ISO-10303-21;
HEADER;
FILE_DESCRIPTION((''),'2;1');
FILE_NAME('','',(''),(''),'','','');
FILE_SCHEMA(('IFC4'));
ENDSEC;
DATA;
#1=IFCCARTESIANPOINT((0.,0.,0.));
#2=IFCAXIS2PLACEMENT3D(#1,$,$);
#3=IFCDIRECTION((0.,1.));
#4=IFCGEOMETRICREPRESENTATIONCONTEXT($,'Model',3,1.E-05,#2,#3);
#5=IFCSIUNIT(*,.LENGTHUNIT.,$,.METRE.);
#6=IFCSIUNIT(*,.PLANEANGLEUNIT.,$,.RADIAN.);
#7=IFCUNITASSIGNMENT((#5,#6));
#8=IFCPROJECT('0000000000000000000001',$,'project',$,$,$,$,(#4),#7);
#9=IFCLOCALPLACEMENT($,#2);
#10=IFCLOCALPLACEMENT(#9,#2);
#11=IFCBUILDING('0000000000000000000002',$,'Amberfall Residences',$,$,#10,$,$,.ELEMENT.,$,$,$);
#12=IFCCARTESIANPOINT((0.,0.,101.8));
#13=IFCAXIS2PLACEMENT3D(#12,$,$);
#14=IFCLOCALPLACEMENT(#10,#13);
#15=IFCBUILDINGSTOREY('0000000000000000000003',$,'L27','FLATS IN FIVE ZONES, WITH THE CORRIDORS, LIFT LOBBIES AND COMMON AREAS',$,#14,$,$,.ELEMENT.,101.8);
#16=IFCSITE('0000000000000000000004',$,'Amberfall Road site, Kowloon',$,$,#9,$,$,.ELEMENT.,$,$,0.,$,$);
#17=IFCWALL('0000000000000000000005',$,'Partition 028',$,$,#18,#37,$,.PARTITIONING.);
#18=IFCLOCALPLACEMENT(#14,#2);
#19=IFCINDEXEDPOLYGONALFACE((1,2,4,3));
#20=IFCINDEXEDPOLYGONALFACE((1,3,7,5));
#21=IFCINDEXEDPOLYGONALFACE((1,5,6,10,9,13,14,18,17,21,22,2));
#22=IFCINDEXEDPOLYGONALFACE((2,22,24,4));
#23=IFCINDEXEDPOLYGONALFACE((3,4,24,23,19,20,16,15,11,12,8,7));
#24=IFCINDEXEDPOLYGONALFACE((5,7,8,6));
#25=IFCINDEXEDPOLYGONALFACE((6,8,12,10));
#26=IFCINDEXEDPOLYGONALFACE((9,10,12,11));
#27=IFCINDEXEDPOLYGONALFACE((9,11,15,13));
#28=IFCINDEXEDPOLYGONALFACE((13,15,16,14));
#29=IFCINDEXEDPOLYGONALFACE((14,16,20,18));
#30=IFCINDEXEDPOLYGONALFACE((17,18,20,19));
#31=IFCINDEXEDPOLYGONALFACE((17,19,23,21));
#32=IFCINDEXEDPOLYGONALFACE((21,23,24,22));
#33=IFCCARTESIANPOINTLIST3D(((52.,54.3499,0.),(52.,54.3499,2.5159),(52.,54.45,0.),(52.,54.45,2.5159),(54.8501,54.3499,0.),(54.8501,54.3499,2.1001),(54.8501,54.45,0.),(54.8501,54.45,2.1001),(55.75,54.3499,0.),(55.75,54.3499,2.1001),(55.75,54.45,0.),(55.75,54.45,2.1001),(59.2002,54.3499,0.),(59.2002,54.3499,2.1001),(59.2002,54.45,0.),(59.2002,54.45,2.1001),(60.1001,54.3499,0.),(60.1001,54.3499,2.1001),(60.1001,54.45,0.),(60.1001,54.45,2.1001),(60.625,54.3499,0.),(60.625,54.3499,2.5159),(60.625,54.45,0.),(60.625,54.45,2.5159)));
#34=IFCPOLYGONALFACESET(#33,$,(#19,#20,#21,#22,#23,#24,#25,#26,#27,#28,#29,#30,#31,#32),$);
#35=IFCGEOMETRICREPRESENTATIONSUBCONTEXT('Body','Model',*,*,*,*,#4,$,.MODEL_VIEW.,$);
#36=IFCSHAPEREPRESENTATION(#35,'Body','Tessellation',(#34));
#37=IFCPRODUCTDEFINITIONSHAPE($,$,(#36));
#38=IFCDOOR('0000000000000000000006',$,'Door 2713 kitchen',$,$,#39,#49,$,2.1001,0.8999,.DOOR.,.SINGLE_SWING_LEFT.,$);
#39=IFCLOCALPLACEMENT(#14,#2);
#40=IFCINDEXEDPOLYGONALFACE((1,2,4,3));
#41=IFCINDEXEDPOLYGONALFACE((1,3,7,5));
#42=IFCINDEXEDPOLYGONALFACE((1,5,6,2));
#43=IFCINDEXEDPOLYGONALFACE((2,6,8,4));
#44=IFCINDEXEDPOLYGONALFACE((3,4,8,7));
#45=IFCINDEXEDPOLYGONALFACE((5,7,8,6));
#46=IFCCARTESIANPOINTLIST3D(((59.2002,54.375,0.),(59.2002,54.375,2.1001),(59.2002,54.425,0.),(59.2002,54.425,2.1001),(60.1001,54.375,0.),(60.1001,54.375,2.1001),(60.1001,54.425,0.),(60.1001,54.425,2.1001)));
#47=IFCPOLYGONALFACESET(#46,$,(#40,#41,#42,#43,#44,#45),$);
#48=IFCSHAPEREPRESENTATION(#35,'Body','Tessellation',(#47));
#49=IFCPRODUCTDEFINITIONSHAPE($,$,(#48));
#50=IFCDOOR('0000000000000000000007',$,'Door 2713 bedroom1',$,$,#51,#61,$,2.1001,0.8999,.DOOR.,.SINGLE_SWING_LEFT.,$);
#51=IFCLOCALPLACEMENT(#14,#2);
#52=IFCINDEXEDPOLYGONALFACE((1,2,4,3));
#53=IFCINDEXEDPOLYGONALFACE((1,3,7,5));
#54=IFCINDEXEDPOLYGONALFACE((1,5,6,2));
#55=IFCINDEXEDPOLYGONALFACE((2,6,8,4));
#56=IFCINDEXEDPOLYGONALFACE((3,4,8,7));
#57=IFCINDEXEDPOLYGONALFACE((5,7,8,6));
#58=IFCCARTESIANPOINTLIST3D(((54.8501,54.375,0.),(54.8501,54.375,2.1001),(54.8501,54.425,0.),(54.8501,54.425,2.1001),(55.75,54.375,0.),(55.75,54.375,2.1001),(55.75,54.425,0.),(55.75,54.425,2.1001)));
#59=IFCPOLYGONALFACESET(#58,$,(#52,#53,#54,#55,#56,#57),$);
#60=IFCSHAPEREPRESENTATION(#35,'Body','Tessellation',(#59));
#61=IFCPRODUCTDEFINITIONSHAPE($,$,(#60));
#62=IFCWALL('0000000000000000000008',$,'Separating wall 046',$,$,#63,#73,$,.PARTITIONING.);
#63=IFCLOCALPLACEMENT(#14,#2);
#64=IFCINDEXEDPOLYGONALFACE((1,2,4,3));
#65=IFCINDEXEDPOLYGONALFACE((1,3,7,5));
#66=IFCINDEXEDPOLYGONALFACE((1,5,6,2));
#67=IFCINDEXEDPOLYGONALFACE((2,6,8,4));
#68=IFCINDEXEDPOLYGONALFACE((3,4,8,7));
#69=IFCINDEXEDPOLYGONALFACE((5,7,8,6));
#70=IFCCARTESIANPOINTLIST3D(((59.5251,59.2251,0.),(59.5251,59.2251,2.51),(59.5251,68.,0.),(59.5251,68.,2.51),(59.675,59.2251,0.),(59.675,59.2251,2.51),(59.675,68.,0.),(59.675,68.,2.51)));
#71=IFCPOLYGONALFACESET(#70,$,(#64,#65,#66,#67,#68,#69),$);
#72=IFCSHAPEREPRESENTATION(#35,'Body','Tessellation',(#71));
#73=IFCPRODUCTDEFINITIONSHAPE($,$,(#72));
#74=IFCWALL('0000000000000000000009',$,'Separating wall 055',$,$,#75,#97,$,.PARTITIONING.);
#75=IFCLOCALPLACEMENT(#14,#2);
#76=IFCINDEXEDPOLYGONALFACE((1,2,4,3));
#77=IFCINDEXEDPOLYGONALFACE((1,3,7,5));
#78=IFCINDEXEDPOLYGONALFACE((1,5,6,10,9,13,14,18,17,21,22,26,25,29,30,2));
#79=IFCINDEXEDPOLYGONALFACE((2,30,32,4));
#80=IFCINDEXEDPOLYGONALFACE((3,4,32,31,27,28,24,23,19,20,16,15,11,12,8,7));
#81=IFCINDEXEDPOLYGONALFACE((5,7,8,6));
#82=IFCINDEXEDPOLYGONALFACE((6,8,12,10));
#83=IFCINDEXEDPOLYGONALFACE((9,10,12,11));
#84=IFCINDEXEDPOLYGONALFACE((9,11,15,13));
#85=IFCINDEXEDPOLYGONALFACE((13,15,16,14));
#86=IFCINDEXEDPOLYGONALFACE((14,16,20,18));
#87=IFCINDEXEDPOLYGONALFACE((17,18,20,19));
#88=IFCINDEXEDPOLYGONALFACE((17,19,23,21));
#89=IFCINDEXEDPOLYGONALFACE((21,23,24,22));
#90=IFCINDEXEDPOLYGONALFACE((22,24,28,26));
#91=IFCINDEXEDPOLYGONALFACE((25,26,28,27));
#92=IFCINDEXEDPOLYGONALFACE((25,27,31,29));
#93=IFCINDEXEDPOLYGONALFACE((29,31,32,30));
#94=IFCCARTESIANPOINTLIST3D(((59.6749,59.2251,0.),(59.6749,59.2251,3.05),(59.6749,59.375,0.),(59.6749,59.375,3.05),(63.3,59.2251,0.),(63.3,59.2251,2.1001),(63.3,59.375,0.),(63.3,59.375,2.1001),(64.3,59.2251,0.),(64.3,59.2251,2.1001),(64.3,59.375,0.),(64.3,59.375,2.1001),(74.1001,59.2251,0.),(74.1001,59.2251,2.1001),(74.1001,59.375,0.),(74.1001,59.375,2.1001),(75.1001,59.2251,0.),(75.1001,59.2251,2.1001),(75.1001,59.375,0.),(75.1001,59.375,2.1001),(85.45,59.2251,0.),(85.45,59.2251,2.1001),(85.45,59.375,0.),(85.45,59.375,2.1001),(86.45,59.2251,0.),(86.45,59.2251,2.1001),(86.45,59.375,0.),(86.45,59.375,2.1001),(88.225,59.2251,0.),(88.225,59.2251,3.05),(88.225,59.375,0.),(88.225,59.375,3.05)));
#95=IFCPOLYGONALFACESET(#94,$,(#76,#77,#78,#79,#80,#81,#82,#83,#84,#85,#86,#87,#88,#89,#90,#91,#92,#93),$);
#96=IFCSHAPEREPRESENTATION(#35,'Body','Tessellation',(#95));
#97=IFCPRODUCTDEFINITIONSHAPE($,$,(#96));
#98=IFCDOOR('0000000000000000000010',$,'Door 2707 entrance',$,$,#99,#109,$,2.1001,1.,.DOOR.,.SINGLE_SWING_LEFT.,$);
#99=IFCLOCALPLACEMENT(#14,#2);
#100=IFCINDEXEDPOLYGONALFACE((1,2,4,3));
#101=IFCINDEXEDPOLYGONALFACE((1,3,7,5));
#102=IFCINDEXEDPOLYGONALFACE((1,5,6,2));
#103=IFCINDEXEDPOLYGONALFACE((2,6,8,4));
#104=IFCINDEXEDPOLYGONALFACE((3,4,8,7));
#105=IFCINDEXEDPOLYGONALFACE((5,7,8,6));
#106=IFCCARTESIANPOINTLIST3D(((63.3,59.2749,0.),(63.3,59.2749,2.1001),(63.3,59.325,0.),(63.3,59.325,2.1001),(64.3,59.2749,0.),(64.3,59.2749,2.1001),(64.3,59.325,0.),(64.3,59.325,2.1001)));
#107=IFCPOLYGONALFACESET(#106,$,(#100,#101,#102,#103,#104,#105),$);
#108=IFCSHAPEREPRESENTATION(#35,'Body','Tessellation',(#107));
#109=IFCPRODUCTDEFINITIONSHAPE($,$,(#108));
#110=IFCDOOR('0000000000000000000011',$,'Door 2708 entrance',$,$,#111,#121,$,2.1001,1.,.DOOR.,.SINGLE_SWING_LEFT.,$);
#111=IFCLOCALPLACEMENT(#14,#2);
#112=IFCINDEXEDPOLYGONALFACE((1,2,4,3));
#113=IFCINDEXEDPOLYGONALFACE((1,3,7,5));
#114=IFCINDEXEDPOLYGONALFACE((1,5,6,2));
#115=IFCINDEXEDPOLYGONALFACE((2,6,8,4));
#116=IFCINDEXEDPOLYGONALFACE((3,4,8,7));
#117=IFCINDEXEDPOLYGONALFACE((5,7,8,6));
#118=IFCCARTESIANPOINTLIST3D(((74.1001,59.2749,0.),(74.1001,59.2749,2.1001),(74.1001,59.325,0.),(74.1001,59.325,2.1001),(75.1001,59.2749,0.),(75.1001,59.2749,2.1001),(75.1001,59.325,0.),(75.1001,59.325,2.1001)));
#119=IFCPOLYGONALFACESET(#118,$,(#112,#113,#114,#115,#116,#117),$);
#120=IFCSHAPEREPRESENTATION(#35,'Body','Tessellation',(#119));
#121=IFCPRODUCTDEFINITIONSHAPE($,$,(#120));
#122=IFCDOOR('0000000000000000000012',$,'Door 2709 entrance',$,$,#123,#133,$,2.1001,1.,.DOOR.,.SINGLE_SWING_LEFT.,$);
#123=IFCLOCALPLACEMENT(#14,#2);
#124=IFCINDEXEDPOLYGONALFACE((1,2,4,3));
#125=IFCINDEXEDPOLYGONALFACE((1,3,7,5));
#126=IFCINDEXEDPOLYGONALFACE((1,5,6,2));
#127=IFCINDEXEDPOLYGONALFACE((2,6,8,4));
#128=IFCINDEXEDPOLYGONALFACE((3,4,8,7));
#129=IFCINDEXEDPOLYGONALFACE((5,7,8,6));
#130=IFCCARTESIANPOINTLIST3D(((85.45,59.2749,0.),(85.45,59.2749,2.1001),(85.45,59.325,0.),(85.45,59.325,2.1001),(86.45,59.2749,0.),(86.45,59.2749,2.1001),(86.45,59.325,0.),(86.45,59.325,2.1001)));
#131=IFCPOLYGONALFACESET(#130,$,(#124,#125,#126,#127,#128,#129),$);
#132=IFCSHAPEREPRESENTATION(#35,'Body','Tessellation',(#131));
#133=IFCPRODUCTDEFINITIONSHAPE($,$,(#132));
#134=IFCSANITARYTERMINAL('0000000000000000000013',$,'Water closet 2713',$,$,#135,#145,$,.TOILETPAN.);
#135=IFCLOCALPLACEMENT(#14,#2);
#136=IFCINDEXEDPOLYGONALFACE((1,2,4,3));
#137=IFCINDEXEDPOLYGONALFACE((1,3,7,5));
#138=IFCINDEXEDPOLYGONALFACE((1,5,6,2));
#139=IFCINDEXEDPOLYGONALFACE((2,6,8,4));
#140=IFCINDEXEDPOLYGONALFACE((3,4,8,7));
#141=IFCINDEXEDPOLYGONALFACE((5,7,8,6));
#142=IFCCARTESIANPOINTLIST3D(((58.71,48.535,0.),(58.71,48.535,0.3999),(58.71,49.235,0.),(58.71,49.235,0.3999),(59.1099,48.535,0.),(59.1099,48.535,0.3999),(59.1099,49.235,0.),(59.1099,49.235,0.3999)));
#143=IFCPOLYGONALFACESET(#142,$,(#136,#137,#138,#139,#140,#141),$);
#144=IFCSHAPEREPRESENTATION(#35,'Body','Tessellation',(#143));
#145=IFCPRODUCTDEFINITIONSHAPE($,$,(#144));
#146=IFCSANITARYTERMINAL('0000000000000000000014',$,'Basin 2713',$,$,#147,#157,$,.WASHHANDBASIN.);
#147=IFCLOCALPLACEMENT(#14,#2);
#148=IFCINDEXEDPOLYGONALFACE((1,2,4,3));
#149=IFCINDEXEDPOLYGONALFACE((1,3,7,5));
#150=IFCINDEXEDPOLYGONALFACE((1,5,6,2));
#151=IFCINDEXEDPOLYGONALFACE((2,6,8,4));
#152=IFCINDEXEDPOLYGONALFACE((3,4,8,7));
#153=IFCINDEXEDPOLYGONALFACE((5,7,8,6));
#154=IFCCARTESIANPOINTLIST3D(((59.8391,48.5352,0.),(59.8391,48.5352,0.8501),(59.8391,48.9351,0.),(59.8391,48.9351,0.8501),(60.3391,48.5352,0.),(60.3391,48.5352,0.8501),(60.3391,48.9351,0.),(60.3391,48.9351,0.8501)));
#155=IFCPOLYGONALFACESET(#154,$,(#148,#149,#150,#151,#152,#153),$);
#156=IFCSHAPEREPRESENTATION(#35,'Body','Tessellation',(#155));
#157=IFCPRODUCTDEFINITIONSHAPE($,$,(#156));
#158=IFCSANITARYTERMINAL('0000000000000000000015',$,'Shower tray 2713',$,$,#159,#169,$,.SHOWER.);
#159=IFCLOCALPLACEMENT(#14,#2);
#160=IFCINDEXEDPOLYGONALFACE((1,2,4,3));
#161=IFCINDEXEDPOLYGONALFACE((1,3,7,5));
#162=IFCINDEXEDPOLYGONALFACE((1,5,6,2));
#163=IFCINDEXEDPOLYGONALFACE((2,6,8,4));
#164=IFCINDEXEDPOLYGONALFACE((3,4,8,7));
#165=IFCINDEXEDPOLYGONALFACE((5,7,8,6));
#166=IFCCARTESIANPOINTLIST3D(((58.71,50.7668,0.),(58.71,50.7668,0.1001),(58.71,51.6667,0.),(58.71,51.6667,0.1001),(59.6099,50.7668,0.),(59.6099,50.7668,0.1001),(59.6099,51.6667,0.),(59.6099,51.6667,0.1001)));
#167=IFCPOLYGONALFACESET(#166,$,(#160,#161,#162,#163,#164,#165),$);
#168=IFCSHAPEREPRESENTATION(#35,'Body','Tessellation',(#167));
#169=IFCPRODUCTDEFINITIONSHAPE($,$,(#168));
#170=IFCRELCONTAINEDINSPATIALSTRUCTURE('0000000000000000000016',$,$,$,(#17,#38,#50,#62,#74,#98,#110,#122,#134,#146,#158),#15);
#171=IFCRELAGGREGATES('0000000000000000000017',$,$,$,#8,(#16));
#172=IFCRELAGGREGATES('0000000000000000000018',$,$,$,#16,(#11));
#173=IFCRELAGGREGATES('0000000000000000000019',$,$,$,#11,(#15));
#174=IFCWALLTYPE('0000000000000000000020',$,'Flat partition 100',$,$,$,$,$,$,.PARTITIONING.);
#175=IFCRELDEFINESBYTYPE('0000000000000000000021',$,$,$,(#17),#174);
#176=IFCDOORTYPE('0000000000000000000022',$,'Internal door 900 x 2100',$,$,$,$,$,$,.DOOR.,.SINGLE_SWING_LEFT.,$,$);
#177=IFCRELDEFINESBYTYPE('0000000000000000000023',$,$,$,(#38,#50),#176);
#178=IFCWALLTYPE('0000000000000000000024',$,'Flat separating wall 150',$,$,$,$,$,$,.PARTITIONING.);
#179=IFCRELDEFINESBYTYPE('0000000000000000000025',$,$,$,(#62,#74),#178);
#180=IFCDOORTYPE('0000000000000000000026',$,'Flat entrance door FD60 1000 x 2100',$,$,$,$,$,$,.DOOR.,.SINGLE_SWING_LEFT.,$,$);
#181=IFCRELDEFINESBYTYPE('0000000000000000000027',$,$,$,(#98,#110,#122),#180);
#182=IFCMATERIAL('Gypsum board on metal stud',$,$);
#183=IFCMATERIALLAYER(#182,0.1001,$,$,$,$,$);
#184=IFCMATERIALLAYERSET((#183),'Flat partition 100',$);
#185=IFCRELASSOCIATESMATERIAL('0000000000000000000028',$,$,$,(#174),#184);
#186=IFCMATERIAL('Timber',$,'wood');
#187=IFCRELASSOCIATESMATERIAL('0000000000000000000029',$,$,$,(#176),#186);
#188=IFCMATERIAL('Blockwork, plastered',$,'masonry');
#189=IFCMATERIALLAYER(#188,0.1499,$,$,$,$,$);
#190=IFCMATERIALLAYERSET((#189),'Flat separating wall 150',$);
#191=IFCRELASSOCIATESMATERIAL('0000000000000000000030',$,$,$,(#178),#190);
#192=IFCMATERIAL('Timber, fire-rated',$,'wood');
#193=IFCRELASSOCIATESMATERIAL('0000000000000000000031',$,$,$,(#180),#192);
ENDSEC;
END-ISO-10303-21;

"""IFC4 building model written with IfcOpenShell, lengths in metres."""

from ifc_helpers import new_model, si_unit, direction, frame, frame_2d, origin, origin_2d, place, context, subcontext, project, spatial, rectangle, extrude, material, layer, layer_set, type_object, element, fill, save


model = new_model("IFC4")

# Units and contexts
model_context = context("Model", 3, precision=1e-05, world=origin(), true_north=direction((0.0, 1.0)))
body_context = subcontext(model_context, "Body", "Model", "MODEL_VIEW")
ifc_project = project(units=[si_unit("LENGTHUNIT", "METRE"), si_unit("PLANEANGLEUNIT", "RADIAN")], contexts=[model_context])

# Site, building, storey
site_placement = place(None, origin())
site = spatial("IfcSite", under=ifc_project, at=site_placement, Name="Amberfall Road site, Kowloon", CompositionType="ELEMENT", RefElevation=0.0)
building_placement = place(site_placement, origin())
building = spatial("IfcBuilding", under=site, at=building_placement, Name="Amberfall Residences", CompositionType="ELEMENT")
storey_placement = place(building_placement, frame((0.0, 0.0, 101.8)))
storey = spatial("IfcBuildingStorey", under=building, at=storey_placement, Name="L27", Description="FLATS IN FIVE ZONES, WITH THE CORRIDORS, LIFT LOBBIES AND COMMON AREAS", CompositionType="ELEMENT", Elevation=101.8)

# Shared definitions
ifc_material_1 = material(Name="Gypsum board on metal stud")
ifc_layer_1 = layer(ifc_material_1, 0.1001)
ifc_layer_set_1 = layer_set([ifc_layer_1], Name="Flat partition 100")
wall_type_1 = type_object("IfcWallType", Name="Flat partition 100", PredefinedType="PARTITIONING", material=ifc_layer_set_1)
ifc_material_2 = material(Name="Timber", Category="wood")
door_type_1 = type_object("IfcDoorType", Name="Internal door 900 x 2100", OperationType="SINGLE_SWING_LEFT", PredefinedType="DOOR", material=ifc_material_2)

# Wall, openings, doors
wall_1_placement = place(storey_placement, frame((60.625, 54.3999, 0.0), z_axis=(0.0, 0.0, 1.0), x_axis=(-1.0, 0.0, 0.0)))
wall_1 = element("IfcWall", 1, at=wall_1_placement, inside=storey, type_object=wall_type_1, Name="Partition 028", PredefinedType="PARTITIONING", context=body_context, shape_type="SweptSolid", body=[
    extrude(rectangle(XDim=8.625, YDim=0.1001, at=frame_2d((4.3125, 0.0))), origin(), (0.0, 0.0, 1.0), 2.5159),
])
opening_1_placement = place(wall_1_placement, frame((0.5249, 0.0, 0.0)))
opening_1 = element("IfcOpeningElement", 2, at=opening_1_placement, cuts=wall_1, PredefinedType="OPENING", context=body_context, shape_type="SweptSolid", body=[
    extrude(rectangle(XDim=0.8999, YDim=2.1001, at=frame_2d((0.45, 1.05))), frame((0.0, 0.0601, 0.0), z_axis=(0.0, -1.0, 0.0), x_axis=(1.0, 0.0, 0.0)), (0.0, 0.0, 1.0), 0.1201),
])
opening_2_placement = place(wall_1_placement, frame((4.875, 0.0, 0.0)))
opening_2 = element("IfcOpeningElement", 3, at=opening_2_placement, cuts=wall_1, PredefinedType="OPENING", context=body_context, shape_type="SweptSolid", body=[
    extrude(rectangle(XDim=0.8999, YDim=2.1001, at=frame_2d((0.45, 1.05))), frame((0.0, 0.0601, 0.0), z_axis=(0.0, -1.0, 0.0), x_axis=(1.0, 0.0, 0.0)), (0.0, 0.0, 1.0), 0.1201),
])
door_1_placement = place(opening_1_placement, origin())
door_1 = element("IfcDoor", 4, at=door_1_placement, inside=storey, type_object=door_type_1, Name="Door 2713 kitchen", OperationType="SINGLE_SWING_LEFT", OverallHeight=2.1001, OverallWidth=0.8999, PredefinedType="DOOR", context=body_context, shape_type="SweptSolid", body=[
    extrude(rectangle(XDim=0.8999, YDim=2.1001, at=frame_2d((0.45, 1.05))), frame((0.0, 0.0249, 0.0), z_axis=(0.0, -1.0, 0.0), x_axis=(1.0, 0.0, 0.0)), (0.0, 0.0, 1.0), 0.05),
])
fill(opening_1, door_1)
door_2_placement = place(opening_2_placement, origin())
door_2 = element("IfcDoor", 5, at=door_2_placement, inside=storey, type_object=door_type_1, Name="Door 2713 bedroom1", OperationType="SINGLE_SWING_LEFT", OverallHeight=2.1001, OverallWidth=0.8999, PredefinedType="DOOR", context=body_context, shape_type="SweptSolid", body=[
    extrude(rectangle(XDim=0.8999, YDim=2.1001, at=frame_2d((0.45, 1.05))), frame((0.0, 0.0249, 0.0), z_axis=(0.0, -1.0, 0.0), x_axis=(1.0, 0.0, 0.0)), (0.0, 0.0, 1.0), 0.05),
])
fill(opening_2, door_2)

# Wall
ifc_material_3 = material(Name="Blockwork, plastered", Category="masonry")
ifc_layer_2 = layer(ifc_material_3, 0.1499)
ifc_layer_set_2 = layer_set([ifc_layer_2], Name="Flat separating wall 150")
wall_type_2 = type_object("IfcWallType", Name="Flat separating wall 150", PredefinedType="PARTITIONING", material=ifc_layer_set_2)
wall_2_placement = place(storey_placement, frame((59.6001, 59.2251, 0.0), z_axis=(0.0, 0.0, 1.0), x_axis=(0.0, 1.0, 0.0)))
element("IfcWall", 6, at=wall_2_placement, inside=storey, type_object=wall_type_2, Name="Separating wall 046", PredefinedType="PARTITIONING", context=body_context, shape_type="SweptSolid", body=[
    extrude(rectangle(XDim=8.7749, YDim=0.1499, at=frame_2d((4.3875, 0.0))), origin(), (0.0, 0.0, 1.0), 2.51),
])

# Wall, openings, doors
wall_3_placement = place(storey_placement, frame((59.675, 59.3, 0.0), z_axis=(0.0, 0.0, 1.0), x_axis=(1.0, 0.0, 0.0)))
wall_3 = element("IfcWall", 7, at=wall_3_placement, inside=storey, type_object=wall_type_2, Name="Separating wall 055", PredefinedType="PARTITIONING", context=body_context, shape_type="SweptSolid", body=[
    extrude(rectangle(XDim=28.55, YDim=0.1499, at=frame_2d((14.2749, 0.0))), origin(), (0.0, 0.0, 1.0), 3.05),
])
opening_3_placement = place(wall_3_placement, frame((3.625, 0.0, 0.0)))
opening_3 = element("IfcOpeningElement", 8, at=opening_3_placement, cuts=wall_3, PredefinedType="OPENING", context=body_context, shape_type="SweptSolid", body=[
    extrude(rectangle(XDim=1.0, YDim=2.1001, at=frame_2d((0.5, 1.05))), frame((0.0, 0.085, 0.0), z_axis=(0.0, -1.0, 0.0), x_axis=(1.0, 0.0, 0.0)), (0.0, 0.0, 1.0), 0.1699),
])
opening_4_placement = place(wall_3_placement, frame((14.425, 0.0, 0.0)))
opening_4 = element("IfcOpeningElement", 9, at=opening_4_placement, cuts=wall_3, PredefinedType="OPENING", context=body_context, shape_type="SweptSolid", body=[
    extrude(rectangle(XDim=1.0, YDim=2.1001, at=frame_2d((0.5, 1.05))), frame((0.0, 0.085, 0.0), z_axis=(0.0, -1.0, 0.0), x_axis=(1.0, 0.0, 0.0)), (0.0, 0.0, 1.0), 0.1699),
])
opening_5_placement = place(wall_3_placement, frame((25.7749, 0.0, 0.0)))
opening_5 = element("IfcOpeningElement", 10, at=opening_5_placement, cuts=wall_3, PredefinedType="OPENING", context=body_context, shape_type="SweptSolid", body=[
    extrude(rectangle(XDim=1.0, YDim=2.1001, at=frame_2d((0.5, 1.05))), frame((0.0, 0.085, 0.0), z_axis=(0.0, -1.0, 0.0), x_axis=(1.0, 0.0, 0.0)), (0.0, 0.0, 1.0), 0.1699),
])
ifc_material_4 = material(Name="Timber, fire-rated", Category="wood")
door_type_2 = type_object("IfcDoorType", Name="Flat entrance door FD60 1000 x 2100", OperationType="SINGLE_SWING_LEFT", PredefinedType="DOOR", material=ifc_material_4)
door_3_placement = place(opening_3_placement, origin())
door_3 = element("IfcDoor", 11, at=door_3_placement, inside=storey, type_object=door_type_2, Name="Door 2707 entrance", OperationType="SINGLE_SWING_LEFT", OverallHeight=2.1001, OverallWidth=1.0, PredefinedType="DOOR", context=body_context, shape_type="SweptSolid", body=[
    extrude(rectangle(XDim=1.0, YDim=2.1001, at=frame_2d((0.5, 1.05))), frame((0.0, 0.0249, 0.0), z_axis=(0.0, -1.0, 0.0), x_axis=(1.0, 0.0, 0.0)), (0.0, 0.0, 1.0), 0.05),
])
fill(opening_3, door_3)
door_4_placement = place(opening_4_placement, origin())
door_4 = element("IfcDoor", 12, at=door_4_placement, inside=storey, type_object=door_type_2, Name="Door 2708 entrance", OperationType="SINGLE_SWING_LEFT", OverallHeight=2.1001, OverallWidth=1.0, PredefinedType="DOOR", context=body_context, shape_type="SweptSolid", body=[
    extrude(rectangle(XDim=1.0, YDim=2.1001, at=frame_2d((0.5, 1.05))), frame((0.0, 0.0249, 0.0), z_axis=(0.0, -1.0, 0.0), x_axis=(1.0, 0.0, 0.0)), (0.0, 0.0, 1.0), 0.05),
])
fill(opening_4, door_4)
door_5_placement = place(opening_5_placement, origin())
door_5 = element("IfcDoor", 13, at=door_5_placement, inside=storey, type_object=door_type_2, Name="Door 2709 entrance", OperationType="SINGLE_SWING_LEFT", OverallHeight=2.1001, OverallWidth=1.0, PredefinedType="DOOR", context=body_context, shape_type="SweptSolid", body=[
    extrude(rectangle(XDim=1.0, YDim=2.1001, at=frame_2d((0.5, 1.05))), frame((0.0, 0.0249, 0.0), z_axis=(0.0, -1.0, 0.0), x_axis=(1.0, 0.0, 0.0)), (0.0, 0.0, 1.0), 0.05),
])
fill(opening_5, door_5)

# Sanitary terminals
sanitary_terminal_1_placement = place(storey_placement, frame((58.9099, 48.885, 0.0), z_axis=(0.0, 0.0, 1.0), x_axis=(1.0, 0.0, 0.0)))
element("IfcSanitaryTerminal", 14, at=sanitary_terminal_1_placement, inside=storey, Name="Water closet 2713", PredefinedType="TOILETPAN", context=body_context, shape_type="SweptSolid", body=[
    extrude(rectangle(XDim=0.3999, YDim=0.7, at=origin_2d()), origin(), (0.0, 0.0, 1.0), 0.3999),
])
sanitary_terminal_2_placement = place(storey_placement, frame((60.0891, 48.7351, 0.0), z_axis=(0.0, 0.0, 1.0), x_axis=(1.0, 0.0, 0.0)))
element("IfcSanitaryTerminal", 15, at=sanitary_terminal_2_placement, inside=storey, Name="Basin 2713", PredefinedType="WASHHANDBASIN", context=body_context, shape_type="SweptSolid", body=[
    extrude(rectangle(XDim=0.5, YDim=0.3999, at=origin_2d()), origin(), (0.0, 0.0, 1.0), 0.8501),
])
sanitary_terminal_3_placement = place(storey_placement, frame((59.1599, 51.2168, 0.0), z_axis=(0.0, 0.0, 1.0), x_axis=(1.0, 0.0, 0.0)))
element("IfcSanitaryTerminal", 16, at=sanitary_terminal_3_placement, inside=storey, Name="Shower tray 2713", PredefinedType="SHOWER", context=body_context, shape_type="SweptSolid", body=[
    extrude(rectangle(XDim=0.8999, YDim=0.8999, at=origin_2d()), origin(), (0.0, 0.0, 1.0), 0.1001),
])

save(model, "model.ifc")
